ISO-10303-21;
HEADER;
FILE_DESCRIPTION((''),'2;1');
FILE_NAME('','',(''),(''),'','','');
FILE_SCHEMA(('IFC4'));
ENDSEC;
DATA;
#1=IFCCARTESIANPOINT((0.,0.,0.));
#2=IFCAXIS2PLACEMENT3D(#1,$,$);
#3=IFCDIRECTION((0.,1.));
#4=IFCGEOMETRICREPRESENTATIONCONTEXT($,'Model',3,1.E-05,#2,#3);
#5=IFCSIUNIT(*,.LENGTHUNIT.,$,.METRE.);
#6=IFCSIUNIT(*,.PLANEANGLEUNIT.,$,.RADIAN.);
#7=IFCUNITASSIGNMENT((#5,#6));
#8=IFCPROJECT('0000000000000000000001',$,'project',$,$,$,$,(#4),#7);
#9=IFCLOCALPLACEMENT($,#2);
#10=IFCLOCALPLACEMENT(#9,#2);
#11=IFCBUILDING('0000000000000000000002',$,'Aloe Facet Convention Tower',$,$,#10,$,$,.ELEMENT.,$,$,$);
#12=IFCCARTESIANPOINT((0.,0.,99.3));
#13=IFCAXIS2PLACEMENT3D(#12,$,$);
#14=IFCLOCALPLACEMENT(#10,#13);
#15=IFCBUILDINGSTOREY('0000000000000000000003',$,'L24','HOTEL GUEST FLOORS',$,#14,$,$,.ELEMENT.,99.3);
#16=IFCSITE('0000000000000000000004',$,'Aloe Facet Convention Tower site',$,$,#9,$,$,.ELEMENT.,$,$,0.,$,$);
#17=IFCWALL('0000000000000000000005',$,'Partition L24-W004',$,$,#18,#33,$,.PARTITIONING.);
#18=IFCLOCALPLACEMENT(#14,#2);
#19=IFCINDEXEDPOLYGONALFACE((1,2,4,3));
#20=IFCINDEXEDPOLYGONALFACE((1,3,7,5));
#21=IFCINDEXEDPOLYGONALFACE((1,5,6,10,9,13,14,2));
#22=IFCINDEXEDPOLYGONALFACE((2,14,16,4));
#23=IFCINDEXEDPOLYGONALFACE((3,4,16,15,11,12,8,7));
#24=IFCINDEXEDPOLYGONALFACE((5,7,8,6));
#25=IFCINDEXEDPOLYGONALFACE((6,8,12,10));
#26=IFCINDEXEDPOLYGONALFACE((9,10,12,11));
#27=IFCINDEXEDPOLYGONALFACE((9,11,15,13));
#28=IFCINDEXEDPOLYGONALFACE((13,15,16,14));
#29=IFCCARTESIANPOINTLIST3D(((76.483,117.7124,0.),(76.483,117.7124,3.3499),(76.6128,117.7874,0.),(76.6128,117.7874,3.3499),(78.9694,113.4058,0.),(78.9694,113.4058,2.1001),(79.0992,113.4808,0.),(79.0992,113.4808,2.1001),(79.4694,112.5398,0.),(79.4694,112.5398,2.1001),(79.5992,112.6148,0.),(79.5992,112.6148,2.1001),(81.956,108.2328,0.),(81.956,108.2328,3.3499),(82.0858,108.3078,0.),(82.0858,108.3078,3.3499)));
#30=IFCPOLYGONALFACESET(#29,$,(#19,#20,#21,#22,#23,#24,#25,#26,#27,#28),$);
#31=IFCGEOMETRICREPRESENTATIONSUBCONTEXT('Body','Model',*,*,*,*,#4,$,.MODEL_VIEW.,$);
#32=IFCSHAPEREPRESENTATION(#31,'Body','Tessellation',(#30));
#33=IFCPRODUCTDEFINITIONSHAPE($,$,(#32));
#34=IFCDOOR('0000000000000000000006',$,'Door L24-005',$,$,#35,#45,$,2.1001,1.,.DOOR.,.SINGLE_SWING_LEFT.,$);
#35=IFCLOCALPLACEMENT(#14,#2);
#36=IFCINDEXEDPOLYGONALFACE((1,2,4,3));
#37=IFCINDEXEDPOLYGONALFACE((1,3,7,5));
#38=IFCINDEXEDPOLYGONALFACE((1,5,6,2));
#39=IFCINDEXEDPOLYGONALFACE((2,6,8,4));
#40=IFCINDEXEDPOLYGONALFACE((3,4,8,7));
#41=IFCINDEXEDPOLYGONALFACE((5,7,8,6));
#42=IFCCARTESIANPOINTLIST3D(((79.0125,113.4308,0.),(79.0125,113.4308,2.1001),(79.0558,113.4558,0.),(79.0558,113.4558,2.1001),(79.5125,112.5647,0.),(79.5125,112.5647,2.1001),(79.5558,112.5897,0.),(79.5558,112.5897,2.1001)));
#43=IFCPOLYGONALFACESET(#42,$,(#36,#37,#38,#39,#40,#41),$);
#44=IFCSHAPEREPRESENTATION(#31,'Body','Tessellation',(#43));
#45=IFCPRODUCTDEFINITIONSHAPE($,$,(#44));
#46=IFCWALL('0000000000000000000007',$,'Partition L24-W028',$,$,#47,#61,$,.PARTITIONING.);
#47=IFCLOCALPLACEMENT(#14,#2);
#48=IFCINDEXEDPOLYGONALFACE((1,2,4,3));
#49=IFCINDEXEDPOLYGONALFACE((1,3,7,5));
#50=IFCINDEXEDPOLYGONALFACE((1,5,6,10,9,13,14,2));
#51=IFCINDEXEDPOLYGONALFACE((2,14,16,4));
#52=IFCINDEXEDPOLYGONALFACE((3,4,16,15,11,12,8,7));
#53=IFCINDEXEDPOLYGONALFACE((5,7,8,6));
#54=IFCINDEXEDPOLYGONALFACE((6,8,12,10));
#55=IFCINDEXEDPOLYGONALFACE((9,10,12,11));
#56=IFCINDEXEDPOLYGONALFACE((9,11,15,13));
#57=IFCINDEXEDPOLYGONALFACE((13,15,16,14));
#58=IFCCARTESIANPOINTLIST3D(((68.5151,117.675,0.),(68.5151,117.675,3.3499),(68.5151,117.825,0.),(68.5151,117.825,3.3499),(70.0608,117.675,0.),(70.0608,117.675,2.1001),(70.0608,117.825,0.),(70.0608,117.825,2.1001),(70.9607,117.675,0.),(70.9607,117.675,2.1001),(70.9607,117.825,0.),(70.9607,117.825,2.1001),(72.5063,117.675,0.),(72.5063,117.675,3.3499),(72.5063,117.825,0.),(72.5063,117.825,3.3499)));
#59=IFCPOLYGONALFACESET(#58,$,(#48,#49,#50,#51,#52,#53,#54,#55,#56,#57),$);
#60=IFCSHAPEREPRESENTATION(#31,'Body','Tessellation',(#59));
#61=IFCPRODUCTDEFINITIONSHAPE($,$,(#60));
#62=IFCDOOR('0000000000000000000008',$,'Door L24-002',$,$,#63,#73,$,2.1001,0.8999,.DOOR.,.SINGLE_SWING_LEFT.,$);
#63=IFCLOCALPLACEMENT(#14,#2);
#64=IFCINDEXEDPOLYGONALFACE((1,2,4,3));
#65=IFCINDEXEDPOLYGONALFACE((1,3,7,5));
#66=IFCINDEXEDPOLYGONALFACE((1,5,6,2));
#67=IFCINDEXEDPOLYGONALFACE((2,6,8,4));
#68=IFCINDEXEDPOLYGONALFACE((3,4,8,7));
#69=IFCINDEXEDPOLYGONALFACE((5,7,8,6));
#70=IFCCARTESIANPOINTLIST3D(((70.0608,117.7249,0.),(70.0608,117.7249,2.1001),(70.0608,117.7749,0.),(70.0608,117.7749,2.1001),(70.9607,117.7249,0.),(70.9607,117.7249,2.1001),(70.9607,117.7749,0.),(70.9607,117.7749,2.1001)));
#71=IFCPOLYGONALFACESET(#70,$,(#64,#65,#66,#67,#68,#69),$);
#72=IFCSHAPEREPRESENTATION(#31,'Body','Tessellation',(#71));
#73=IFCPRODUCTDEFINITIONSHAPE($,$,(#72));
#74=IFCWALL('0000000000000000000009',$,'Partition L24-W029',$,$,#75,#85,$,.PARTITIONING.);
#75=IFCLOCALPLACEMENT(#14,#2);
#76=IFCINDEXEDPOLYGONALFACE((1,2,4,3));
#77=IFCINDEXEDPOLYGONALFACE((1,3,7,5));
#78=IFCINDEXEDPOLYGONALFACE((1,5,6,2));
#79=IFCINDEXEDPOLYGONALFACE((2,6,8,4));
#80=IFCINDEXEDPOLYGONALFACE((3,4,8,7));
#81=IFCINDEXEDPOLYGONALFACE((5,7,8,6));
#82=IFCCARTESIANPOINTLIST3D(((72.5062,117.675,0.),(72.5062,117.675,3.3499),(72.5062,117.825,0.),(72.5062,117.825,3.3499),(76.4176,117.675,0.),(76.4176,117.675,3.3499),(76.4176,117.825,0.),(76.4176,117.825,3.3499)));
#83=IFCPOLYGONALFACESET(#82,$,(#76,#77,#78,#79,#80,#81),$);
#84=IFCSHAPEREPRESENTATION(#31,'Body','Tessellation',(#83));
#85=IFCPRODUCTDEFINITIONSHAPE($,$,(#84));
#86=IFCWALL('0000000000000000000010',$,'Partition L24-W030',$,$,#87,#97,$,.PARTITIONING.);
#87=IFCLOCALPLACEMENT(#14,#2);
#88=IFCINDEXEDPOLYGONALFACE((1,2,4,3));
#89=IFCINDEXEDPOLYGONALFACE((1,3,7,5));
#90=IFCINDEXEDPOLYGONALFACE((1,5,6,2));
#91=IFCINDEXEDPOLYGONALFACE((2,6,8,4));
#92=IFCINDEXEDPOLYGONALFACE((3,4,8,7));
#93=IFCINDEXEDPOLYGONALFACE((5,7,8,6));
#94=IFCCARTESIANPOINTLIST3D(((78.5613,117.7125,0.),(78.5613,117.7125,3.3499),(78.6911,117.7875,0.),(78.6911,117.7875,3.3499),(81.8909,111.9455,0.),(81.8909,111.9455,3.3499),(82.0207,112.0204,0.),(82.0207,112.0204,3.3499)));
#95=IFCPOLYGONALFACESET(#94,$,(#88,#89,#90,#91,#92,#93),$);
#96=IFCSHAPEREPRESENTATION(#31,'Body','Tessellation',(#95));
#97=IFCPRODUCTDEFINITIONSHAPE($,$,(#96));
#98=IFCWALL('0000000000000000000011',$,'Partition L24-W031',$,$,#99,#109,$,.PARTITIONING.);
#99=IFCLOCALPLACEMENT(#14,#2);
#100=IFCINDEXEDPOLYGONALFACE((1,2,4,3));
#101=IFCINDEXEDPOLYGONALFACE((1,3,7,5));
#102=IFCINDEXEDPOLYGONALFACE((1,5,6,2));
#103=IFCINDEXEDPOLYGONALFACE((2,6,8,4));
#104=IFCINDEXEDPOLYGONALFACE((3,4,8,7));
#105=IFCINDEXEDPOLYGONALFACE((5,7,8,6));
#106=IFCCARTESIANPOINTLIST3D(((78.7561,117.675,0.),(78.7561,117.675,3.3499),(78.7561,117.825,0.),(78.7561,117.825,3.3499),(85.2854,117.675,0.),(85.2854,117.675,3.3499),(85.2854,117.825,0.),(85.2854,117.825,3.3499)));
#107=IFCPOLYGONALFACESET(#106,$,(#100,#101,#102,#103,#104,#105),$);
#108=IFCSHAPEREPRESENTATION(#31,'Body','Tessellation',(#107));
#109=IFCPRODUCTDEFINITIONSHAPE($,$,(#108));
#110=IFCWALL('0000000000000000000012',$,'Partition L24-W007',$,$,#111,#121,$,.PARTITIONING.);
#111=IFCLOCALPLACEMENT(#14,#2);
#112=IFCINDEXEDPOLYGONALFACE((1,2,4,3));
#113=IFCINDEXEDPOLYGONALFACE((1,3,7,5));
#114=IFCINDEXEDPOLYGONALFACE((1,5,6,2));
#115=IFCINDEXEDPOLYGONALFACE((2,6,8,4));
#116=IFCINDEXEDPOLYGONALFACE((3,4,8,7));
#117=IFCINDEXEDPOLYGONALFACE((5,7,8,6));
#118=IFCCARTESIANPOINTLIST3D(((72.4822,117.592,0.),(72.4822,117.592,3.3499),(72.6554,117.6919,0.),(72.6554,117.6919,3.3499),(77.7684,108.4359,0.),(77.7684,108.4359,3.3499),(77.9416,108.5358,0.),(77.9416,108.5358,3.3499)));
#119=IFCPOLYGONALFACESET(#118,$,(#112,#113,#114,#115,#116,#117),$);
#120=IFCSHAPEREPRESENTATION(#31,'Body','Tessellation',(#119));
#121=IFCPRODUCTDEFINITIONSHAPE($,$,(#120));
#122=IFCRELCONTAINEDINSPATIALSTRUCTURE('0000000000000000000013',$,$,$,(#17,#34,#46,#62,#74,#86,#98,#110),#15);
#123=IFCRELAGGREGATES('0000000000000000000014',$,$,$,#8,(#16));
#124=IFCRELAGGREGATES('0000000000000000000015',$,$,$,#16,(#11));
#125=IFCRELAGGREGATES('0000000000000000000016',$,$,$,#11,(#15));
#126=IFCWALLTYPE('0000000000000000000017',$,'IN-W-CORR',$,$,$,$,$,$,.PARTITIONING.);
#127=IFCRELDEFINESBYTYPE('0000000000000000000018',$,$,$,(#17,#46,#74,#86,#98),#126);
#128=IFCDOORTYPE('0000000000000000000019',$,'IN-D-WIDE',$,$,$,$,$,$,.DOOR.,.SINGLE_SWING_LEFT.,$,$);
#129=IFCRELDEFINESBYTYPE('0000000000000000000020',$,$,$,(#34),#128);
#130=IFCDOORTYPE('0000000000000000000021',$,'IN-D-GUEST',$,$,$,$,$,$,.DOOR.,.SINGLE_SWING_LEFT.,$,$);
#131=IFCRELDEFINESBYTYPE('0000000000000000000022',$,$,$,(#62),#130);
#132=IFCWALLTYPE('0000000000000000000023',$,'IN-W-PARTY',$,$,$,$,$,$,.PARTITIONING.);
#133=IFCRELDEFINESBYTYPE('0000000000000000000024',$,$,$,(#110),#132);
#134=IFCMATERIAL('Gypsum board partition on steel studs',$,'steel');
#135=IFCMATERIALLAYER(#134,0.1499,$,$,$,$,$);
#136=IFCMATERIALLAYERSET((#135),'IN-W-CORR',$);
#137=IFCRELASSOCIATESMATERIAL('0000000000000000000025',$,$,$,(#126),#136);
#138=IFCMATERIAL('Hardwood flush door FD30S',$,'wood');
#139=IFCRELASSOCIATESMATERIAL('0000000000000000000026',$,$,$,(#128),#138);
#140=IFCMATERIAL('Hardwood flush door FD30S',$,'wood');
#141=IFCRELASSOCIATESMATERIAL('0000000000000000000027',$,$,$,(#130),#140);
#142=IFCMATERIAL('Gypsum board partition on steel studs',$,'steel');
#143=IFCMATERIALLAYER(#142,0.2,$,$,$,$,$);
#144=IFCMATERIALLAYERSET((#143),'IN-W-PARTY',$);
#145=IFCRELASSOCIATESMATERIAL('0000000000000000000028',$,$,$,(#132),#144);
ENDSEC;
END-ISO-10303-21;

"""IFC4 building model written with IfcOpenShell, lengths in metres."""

from ifc_helpers import new_model, si_unit, direction, frame, frame_2d, origin, place, context, subcontext, project, spatial, rectangle, extrude, material, layer, layer_set, type_object, element, fill, save


model = new_model("IFC4")

# Units and contexts
model_context = context("Model", 3, precision=1e-05, world=origin(), true_north=direction((0.0, 1.0)))
body_context = subcontext(model_context, "Body", "Model", "MODEL_VIEW")
ifc_project = project(units=[si_unit("LENGTHUNIT", "METRE"), si_unit("PLANEANGLEUNIT", "RADIAN")], contexts=[model_context])

# Site, building, storey
site_placement = place(None, origin())
site = spatial("IfcSite", under=ifc_project, at=site_placement, Name="Aloe Facet Convention Tower site", CompositionType="ELEMENT", RefElevation=0.0)
building_placement = place(site_placement, origin())
building = spatial("IfcBuilding", under=site, at=building_placement, Name="Aloe Facet Convention Tower", CompositionType="ELEMENT")
storey_placement = place(building_placement, frame((0.0, 0.0, 99.3)))
storey = spatial("IfcBuildingStorey", under=building, at=storey_placement, Name="L24", Description="HOTEL GUEST FLOORS", CompositionType="ELEMENT", Elevation=99.3)

# Walls, openings, doors
ifc_material_1 = material(Name="Gypsum board partition on steel studs", Category="steel")
ifc_layer_1 = layer(ifc_material_1, 0.1499)
ifc_layer_set_1 = layer_set([ifc_layer_1], Name="IN-W-CORR")
wall_type_1 = type_object("IfcWallType", Name="IN-W-CORR", PredefinedType="PARTITIONING", material=ifc_layer_set_1)
wall_1_placement = place(storey_placement, frame((76.5479, 117.75, 0.0), z_axis=(0.0, 0.0, 1.0), x_axis=(0.499994, -0.866029, 0.0)))
wall_1 = element("IfcWall", 1, at=wall_1_placement, inside=storey, type_object=wall_type_1, Name="Partition L24-W004", PredefinedType="PARTITIONING", context=body_context, shape_type="SweptSolid", body=[
    extrude(rectangle(XDim=10.946, YDim=0.1499, at=frame_2d((5.4731, 0.0))), origin(), (0.0, 0.0, 1.0), 3.3499),
])
opening_1_placement = place(wall_1_placement, frame((4.9729, 0.0, 0.0)))
opening_1 = element("IfcOpeningElement", 2, at=opening_1_placement, cuts=wall_1, PredefinedType="OPENING", context=body_context, shape_type="SweptSolid", body=[
    extrude(rectangle(XDim=1.0, YDim=2.1001, at=frame_2d((0.5, 1.05))), frame((0.0, 0.085, 0.0), z_axis=(0.0, -1.0, 0.0), x_axis=(1.0, 0.0, 0.0)), (0.0, 0.0, 1.0), 0.1699),
])
ifc_material_2 = material(Name="Hardwood flush door FD30S", Category="wood")
door_type_1 = type_object("IfcDoorType", Name="IN-D-WIDE", OperationType="SINGLE_SWING_LEFT", PredefinedType="DOOR", material=ifc_material_2)
door_1_placement = place(opening_1_placement, origin())
door_1 = element("IfcDoor", 3, at=door_1_placement, inside=storey, type_object=door_type_1, Name="Door L24-005", OperationType="SINGLE_SWING_LEFT", OverallHeight=2.1001, OverallWidth=1.0, PredefinedType="DOOR", context=body_context, shape_type="SweptSolid", body=[
    extrude(rectangle(XDim=1.0, YDim=2.1001, at=frame_2d((0.5, 1.05))), frame((0.0, 0.0249, 0.0), z_axis=(0.0, -1.0, 0.0), x_axis=(1.0, 0.0, 0.0)), (0.0, 0.0, 1.0), 0.05),
])
fill(opening_1, door_1)
wall_2_placement = place(storey_placement, frame((68.5151, 117.75, 0.0), z_axis=(0.0, 0.0, 1.0), x_axis=(1.0, 0.0, 0.0)))
wall_2 = element("IfcWall", 4, at=wall_2_placement, inside=storey, type_object=wall_type_1, Name="Partition L24-W028", PredefinedType="PARTITIONING", context=body_context, shape_type="SweptSolid", body=[
    extrude(rectangle(XDim=3.9912, YDim=0.1499, at=frame_2d((1.9956, 0.0))), origin(), (0.0, 0.0, 1.0), 3.3499),
])
opening_2_placement = place(wall_2_placement, frame((1.5457, 0.0, 0.0)))
opening_2 = element("IfcOpeningElement", 5, at=opening_2_placement, cuts=wall_2, PredefinedType="OPENING", context=body_context, shape_type="SweptSolid", body=[
    extrude(rectangle(XDim=0.8999, YDim=2.1001, at=frame_2d((0.45, 1.05))), frame((0.0, 0.085, 0.0), z_axis=(0.0, -1.0, 0.0), x_axis=(1.0, 0.0, 0.0)), (0.0, 0.0, 1.0), 0.1699),
])
ifc_material_3 = material(Name="Hardwood flush door FD30S", Category="wood")
door_type_2 = type_object("IfcDoorType", Name="IN-D-GUEST", OperationType="SINGLE_SWING_LEFT", PredefinedType="DOOR", material=ifc_material_3)
door_2_placement = place(opening_2_placement, origin())
door_2 = element("IfcDoor", 6, at=door_2_placement, inside=storey, type_object=door_type_2, Name="Door L24-002", OperationType="SINGLE_SWING_LEFT", OverallHeight=2.1001, OverallWidth=0.8999, PredefinedType="DOOR", context=body_context, shape_type="SweptSolid", body=[
    extrude(rectangle(XDim=0.8999, YDim=2.1001, at=frame_2d((0.45, 1.05))), frame((0.0, 0.0249, 0.0), z_axis=(0.0, -1.0, 0.0), x_axis=(1.0, 0.0, 0.0)), (0.0, 0.0, 1.0), 0.05),
])
fill(opening_2, door_2)

# Walls
wall_3_placement = place(storey_placement, frame((72.5063, 117.75, 0.0), z_axis=(0.0, 0.0, 1.0), x_axis=(1.0, 0.0, 0.0)))
element("IfcWall", 7, at=wall_3_placement, inside=storey, type_object=wall_type_1, Name="Partition L24-W029", PredefinedType="PARTITIONING", context=body_context, shape_type="SweptSolid", body=[
    extrude(rectangle(XDim=3.9114, YDim=0.1499, at=frame_2d((1.9556, 0.0))), origin(), (0.0, 0.0, 1.0), 3.3499),
])
wall_4_placement = place(storey_placement, frame((78.6262, 117.75, 0.0), z_axis=(0.0, 0.0, 1.0), x_axis=(0.499995, -0.866028, 0.0)))
element("IfcWall", 8, at=wall_4_placement, inside=storey, type_object=wall_type_1, Name="Partition L24-W030", PredefinedType="PARTITIONING", context=body_context, shape_type="SweptSolid", body=[
    extrude(rectangle(XDim=6.6592, YDim=0.1499, at=frame_2d((3.3296, 0.0))), origin(), (0.0, 0.0, 1.0), 3.3499),
])
wall_5_placement = place(storey_placement, frame((78.7561, 117.75, 0.0), z_axis=(0.0, 0.0, 1.0), x_axis=(1.0, 0.0, 0.0)))
element("IfcWall", 9, at=wall_5_placement, inside=storey, type_object=wall_type_1, Name="Partition L24-W031", PredefinedType="PARTITIONING", context=body_context, shape_type="SweptSolid", body=[
    extrude(rectangle(XDim=6.5293, YDim=0.1499, at=frame_2d((3.2646, 0.0))), origin(), (0.0, 0.0, 1.0), 3.3499),
])
ifc_material_4 = material(Name="Gypsum board partition on steel studs", Category="steel")
ifc_layer_2 = layer(ifc_material_4, 0.2)
ifc_layer_set_2 = layer_set([ifc_layer_2], Name="IN-W-PARTY")
wall_type_2 = type_object("IfcWallType", Name="IN-W-PARTY", PredefinedType="PARTITIONING", material=ifc_layer_set_2)
wall_6_placement = place(storey_placement, frame((72.5688, 117.6418, 0.0), z_axis=(0.0, 0.0, 1.0), x_axis=(0.499994, -0.866029, 0.0)))
element("IfcWall", 10, at=wall_6_placement, inside=storey, type_object=wall_type_2, Name="Partition L24-W007", PredefinedType="PARTITIONING", context=body_context, shape_type="SweptSolid", body=[
    extrude(rectangle(XDim=10.5725, YDim=0.2, at=frame_2d((5.2861, 0.0))), origin(), (0.0, 0.0, 1.0), 3.3499),
])

save(model, "model.ifc")
